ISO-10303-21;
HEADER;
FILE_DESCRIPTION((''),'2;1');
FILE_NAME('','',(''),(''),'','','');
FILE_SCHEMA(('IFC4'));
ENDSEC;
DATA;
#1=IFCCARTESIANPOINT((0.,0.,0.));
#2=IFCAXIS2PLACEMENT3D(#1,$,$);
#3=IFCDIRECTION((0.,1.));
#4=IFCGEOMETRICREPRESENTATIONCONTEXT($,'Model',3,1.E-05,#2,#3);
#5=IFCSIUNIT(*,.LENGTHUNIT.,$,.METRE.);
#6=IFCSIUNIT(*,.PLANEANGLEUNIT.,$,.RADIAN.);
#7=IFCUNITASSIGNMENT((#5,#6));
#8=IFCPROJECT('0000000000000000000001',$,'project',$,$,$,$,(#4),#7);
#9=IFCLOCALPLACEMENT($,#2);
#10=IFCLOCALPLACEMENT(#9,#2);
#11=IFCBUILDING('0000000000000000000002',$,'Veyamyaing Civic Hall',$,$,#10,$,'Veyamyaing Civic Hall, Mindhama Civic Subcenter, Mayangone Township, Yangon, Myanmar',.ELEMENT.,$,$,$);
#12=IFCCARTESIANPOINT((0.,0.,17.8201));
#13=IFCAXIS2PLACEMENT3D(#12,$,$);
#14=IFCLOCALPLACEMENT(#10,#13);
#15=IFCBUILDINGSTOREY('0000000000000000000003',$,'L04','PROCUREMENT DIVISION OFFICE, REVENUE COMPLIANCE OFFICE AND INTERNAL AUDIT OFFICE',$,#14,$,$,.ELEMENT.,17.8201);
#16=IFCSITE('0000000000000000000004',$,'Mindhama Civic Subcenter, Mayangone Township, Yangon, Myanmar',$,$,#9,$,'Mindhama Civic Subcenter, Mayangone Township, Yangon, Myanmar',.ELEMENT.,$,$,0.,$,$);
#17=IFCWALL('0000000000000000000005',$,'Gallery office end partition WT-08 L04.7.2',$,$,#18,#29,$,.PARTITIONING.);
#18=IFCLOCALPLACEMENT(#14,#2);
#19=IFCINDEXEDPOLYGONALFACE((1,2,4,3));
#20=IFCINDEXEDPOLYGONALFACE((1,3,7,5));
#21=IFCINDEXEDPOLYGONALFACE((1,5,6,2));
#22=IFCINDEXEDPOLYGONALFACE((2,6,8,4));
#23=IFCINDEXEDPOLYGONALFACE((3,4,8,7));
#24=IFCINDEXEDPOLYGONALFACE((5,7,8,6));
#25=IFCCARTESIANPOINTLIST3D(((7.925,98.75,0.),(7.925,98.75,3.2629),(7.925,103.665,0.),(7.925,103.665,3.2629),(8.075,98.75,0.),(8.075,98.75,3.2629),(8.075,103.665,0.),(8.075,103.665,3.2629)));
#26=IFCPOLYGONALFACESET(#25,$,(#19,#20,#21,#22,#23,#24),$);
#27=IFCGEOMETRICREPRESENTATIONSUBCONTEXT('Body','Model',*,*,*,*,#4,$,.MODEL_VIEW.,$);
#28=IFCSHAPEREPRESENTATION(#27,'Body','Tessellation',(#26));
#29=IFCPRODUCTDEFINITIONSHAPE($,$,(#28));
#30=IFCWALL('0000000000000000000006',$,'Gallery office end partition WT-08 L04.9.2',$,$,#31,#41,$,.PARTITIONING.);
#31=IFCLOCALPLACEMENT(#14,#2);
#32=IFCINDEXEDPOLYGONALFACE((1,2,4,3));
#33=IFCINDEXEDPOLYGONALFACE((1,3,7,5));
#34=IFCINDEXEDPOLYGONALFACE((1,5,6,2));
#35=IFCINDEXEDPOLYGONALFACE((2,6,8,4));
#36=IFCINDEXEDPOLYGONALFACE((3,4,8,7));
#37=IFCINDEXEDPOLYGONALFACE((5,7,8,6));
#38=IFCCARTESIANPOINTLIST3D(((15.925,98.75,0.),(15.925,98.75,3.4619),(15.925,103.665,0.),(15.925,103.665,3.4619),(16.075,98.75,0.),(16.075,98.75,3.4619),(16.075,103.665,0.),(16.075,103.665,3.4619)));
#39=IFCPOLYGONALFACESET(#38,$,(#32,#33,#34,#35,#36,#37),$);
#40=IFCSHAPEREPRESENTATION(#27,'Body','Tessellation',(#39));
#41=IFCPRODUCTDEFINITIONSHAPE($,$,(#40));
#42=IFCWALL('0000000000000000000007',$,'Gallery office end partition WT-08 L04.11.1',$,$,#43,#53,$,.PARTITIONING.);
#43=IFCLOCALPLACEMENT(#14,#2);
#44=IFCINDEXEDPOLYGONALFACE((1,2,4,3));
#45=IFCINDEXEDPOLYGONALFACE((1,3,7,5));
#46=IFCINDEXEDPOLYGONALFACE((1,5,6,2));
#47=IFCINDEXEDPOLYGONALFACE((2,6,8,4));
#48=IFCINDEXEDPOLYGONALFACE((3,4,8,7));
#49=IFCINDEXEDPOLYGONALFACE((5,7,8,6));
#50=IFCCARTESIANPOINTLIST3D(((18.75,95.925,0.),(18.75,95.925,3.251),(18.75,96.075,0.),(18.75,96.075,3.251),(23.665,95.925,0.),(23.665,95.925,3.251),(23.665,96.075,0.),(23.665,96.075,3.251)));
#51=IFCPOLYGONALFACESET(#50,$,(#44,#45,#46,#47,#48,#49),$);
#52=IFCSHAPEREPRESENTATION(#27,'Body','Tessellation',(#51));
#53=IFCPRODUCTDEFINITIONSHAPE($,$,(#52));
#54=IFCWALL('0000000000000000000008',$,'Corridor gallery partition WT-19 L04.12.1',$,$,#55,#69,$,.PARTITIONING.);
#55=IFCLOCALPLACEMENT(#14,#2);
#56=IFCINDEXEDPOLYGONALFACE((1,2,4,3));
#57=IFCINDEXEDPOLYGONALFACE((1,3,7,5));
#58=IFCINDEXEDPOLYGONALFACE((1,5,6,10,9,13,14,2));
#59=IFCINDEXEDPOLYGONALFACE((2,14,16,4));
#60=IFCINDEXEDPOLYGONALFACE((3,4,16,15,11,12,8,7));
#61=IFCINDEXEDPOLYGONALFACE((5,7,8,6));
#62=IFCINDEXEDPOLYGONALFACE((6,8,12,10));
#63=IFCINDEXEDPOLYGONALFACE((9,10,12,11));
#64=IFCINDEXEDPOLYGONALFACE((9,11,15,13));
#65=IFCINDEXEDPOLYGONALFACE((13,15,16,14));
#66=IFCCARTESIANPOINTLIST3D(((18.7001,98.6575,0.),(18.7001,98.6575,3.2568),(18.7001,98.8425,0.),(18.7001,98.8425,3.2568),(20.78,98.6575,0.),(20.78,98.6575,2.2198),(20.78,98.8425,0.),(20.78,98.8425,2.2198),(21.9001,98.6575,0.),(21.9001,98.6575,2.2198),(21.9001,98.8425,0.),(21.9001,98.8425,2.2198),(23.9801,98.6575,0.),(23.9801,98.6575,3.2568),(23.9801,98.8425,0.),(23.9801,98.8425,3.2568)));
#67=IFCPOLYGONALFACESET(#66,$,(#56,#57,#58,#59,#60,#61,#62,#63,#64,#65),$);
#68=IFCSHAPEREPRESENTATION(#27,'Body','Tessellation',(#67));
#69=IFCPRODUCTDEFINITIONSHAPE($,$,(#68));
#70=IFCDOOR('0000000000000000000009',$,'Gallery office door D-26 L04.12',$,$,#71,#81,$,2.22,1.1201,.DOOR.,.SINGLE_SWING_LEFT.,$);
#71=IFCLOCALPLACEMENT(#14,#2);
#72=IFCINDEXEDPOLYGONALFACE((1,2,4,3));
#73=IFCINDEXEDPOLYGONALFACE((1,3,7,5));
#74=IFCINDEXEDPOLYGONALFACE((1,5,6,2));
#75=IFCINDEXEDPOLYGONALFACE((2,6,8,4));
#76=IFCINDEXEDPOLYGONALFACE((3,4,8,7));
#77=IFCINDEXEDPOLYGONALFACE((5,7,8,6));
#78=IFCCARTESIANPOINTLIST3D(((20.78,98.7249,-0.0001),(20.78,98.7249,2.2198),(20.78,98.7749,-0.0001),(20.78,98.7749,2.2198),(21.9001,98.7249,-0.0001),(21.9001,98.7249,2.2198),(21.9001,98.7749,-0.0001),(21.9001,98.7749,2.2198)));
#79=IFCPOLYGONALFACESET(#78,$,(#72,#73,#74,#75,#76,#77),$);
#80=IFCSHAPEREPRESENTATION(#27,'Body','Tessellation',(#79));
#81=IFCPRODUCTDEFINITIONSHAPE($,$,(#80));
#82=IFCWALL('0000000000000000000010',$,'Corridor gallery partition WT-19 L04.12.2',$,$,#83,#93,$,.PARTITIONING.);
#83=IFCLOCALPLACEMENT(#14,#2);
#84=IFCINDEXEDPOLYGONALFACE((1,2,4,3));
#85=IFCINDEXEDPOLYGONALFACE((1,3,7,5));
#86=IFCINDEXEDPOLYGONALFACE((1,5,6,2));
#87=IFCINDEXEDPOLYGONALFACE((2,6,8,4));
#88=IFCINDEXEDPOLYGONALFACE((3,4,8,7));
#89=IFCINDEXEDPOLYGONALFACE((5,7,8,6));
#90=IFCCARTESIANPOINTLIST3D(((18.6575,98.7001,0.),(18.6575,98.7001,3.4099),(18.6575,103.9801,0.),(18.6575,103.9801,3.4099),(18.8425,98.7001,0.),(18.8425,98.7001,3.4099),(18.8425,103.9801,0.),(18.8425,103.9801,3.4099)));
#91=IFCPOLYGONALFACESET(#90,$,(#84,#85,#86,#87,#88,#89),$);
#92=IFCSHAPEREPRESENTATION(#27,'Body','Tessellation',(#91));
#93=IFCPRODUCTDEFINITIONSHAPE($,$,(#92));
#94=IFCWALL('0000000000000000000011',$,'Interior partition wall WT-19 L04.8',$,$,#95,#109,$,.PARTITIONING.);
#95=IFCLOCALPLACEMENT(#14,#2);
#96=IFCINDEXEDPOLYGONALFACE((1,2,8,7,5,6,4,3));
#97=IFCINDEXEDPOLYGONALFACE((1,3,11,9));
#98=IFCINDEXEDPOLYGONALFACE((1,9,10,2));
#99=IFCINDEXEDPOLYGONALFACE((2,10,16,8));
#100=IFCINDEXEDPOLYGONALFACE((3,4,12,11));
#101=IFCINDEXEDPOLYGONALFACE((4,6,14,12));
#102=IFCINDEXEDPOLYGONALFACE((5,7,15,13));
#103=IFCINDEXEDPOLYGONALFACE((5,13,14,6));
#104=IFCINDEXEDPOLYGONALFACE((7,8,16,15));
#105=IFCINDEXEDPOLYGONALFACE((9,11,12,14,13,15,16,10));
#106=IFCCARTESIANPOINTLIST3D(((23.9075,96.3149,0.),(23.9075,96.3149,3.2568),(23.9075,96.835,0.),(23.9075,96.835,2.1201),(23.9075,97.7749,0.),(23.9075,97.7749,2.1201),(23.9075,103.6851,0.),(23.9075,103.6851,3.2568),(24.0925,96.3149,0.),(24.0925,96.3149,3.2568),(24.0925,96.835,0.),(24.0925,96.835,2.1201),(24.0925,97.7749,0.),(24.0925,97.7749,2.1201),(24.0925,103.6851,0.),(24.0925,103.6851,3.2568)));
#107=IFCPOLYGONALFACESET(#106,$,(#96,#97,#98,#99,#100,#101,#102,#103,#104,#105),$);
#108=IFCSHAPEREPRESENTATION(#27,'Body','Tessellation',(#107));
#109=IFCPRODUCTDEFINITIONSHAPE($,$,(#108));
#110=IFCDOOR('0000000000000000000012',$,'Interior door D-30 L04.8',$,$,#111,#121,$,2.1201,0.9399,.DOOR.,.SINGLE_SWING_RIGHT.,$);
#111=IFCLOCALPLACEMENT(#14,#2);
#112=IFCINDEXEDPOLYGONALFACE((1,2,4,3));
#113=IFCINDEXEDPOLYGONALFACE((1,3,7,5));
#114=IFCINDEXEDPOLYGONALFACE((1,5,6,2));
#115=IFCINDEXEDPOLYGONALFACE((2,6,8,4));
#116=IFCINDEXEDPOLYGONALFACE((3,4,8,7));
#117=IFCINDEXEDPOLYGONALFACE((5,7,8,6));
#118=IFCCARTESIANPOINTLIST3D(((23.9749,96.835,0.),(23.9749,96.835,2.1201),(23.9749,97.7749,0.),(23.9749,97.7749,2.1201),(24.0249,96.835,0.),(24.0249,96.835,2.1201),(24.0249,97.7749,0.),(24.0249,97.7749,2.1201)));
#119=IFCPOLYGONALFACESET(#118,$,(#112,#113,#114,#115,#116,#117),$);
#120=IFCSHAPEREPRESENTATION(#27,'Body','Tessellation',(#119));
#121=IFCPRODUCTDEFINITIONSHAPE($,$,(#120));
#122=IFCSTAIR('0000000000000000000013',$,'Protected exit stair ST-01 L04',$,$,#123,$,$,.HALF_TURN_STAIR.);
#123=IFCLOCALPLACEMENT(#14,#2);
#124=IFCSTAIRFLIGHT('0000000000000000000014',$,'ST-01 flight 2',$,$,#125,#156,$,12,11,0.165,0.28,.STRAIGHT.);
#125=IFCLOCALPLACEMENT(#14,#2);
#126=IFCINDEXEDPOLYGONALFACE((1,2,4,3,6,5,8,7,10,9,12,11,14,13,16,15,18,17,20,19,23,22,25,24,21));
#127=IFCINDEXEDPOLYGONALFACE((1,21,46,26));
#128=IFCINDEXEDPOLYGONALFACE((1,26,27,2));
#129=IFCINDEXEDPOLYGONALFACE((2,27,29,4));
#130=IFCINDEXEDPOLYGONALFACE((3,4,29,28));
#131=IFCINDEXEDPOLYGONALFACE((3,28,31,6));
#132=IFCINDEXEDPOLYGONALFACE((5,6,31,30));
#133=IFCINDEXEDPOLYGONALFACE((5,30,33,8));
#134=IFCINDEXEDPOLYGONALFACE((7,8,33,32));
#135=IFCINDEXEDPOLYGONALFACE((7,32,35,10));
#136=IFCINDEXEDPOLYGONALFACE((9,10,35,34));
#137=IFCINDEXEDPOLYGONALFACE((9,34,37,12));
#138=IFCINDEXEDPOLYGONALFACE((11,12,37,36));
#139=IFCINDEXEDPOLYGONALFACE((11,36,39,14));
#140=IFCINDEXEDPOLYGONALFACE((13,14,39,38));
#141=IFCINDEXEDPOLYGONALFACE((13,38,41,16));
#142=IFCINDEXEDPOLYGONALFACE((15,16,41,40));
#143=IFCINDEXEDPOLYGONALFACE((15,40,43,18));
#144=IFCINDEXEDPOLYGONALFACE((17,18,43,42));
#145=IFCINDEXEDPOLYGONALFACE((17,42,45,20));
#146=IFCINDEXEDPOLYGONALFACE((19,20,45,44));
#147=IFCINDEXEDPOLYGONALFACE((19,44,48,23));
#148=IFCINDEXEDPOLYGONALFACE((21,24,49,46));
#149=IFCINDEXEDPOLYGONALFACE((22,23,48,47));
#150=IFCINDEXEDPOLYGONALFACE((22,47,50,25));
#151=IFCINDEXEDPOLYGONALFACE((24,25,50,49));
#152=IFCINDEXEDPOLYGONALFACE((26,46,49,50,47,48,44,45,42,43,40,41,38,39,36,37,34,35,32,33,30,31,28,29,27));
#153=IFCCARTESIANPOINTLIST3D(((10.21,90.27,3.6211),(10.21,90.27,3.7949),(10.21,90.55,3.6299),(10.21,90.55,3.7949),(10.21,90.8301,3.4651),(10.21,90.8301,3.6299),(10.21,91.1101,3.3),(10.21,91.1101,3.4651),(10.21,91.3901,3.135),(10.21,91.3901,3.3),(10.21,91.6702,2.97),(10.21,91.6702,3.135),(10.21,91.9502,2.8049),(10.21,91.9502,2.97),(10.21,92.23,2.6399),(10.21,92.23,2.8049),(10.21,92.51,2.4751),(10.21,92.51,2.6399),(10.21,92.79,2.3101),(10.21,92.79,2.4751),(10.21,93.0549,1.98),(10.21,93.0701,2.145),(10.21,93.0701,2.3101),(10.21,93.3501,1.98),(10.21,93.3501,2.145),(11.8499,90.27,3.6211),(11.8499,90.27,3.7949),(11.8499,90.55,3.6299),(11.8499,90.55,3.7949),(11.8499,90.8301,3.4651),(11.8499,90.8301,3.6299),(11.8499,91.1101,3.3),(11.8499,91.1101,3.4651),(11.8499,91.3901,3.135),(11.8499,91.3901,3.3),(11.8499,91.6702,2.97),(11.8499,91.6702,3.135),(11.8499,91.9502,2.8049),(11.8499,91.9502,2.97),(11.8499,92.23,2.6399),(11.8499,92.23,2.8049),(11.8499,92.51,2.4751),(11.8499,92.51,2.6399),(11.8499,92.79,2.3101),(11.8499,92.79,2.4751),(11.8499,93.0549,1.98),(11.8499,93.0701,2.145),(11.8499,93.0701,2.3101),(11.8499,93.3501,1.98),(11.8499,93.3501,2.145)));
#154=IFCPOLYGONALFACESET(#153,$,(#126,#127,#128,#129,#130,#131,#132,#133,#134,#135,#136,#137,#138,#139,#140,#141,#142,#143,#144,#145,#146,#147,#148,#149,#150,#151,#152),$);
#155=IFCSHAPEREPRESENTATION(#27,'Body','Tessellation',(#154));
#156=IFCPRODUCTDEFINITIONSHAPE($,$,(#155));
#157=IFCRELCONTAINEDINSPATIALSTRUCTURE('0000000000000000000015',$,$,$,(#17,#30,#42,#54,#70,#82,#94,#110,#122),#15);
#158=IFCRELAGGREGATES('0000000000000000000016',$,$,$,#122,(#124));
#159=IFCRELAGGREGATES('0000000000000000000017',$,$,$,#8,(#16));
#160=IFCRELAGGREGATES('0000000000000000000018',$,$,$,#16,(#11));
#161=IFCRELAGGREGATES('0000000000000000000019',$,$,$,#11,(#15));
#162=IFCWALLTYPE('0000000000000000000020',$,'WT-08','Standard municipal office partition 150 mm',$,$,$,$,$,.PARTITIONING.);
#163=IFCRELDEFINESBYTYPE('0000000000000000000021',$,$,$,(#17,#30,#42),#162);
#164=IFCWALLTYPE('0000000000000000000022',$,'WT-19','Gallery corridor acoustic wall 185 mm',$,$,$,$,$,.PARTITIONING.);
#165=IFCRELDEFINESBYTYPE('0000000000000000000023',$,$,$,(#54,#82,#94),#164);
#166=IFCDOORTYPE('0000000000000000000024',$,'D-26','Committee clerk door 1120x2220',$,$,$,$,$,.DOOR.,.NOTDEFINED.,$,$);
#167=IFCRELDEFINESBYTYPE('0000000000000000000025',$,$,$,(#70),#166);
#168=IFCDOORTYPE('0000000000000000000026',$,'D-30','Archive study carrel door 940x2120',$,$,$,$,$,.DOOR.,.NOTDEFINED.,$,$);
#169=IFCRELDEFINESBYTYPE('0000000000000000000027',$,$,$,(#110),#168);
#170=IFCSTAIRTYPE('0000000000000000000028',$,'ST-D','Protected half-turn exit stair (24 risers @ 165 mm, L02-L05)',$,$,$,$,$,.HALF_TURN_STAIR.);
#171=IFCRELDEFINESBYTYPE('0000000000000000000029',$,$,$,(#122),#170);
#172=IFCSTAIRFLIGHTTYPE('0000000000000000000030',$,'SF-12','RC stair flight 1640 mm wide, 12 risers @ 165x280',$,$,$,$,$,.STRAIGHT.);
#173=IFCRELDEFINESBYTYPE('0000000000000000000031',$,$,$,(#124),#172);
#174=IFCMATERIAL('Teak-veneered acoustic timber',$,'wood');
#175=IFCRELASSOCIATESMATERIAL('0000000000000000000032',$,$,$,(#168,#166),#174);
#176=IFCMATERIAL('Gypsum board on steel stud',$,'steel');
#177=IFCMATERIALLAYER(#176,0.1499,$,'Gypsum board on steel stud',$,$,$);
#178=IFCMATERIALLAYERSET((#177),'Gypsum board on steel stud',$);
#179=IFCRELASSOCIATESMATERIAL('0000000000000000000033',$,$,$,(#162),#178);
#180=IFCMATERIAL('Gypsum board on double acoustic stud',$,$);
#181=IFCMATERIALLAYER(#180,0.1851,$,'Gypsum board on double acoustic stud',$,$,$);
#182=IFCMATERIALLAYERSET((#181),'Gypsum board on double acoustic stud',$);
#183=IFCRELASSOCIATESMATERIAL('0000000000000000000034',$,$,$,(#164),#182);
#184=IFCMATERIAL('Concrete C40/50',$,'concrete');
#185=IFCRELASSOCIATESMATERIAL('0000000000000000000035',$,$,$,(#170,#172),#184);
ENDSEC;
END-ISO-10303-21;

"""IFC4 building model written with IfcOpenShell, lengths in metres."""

from ifc_helpers import new_model, si_unit, direction, frame, frame_2d, origin, place, context, subcontext, project, spatial, polyline, rectangle, outline, extrude, material, layer, layer_set, type_object, element, fill, aggregate, save


model = new_model("IFC4")

# Units and contexts
model_context = context("Model", 3, precision=1e-05, world=origin(), true_north=direction((0.0, 1.0)))
body_context = subcontext(model_context, "Body", "Model", "MODEL_VIEW")
ifc_project = project(units=[si_unit("LENGTHUNIT", "METRE"), si_unit("PLANEANGLEUNIT", "RADIAN")], contexts=[model_context])

# Site, building, storey
site_placement = place(None, origin())
site = spatial("IfcSite", under=ifc_project, at=site_placement, Name="Mindhama Civic Subcenter, Mayangone Township, Yangon, Myanmar", LongName="Mindhama Civic Subcenter, Mayangone Township, Yangon, Myanmar", CompositionType="ELEMENT", RefElevation=0.0)
building_placement = place(site_placement, origin())
building = spatial("IfcBuilding", under=site, at=building_placement, Name="Veyamyaing Civic Hall", LongName="Veyamyaing Civic Hall, Mindhama Civic Subcenter, Mayangone Township, Yangon, Myanmar", CompositionType="ELEMENT")
storey_placement = place(building_placement, frame((0.0, 0.0, 17.8201)))
storey = spatial("IfcBuildingStorey", under=building, at=storey_placement, Name="L04", Description="PROCUREMENT DIVISION OFFICE, REVENUE COMPLIANCE OFFICE AND INTERNAL AUDIT OFFICE", CompositionType="ELEMENT", Elevation=17.8201)

# Shared definitions
ifc_material_1 = material(Name="Concrete C40/50", Category="concrete")

# Shared definitions
ifc_material_2 = material(Name="Teak-veneered acoustic timber", Category="wood")

# Shared definitions
door_type_1 = type_object("IfcDoorType", Name="D-30", Description="Archive study carrel door 940x2120", OperationType="NOTDEFINED", PredefinedType="DOOR", material=ifc_material_2)

# Walls
ifc_material_3 = material(Name="Gypsum board on steel stud", Category="steel")
ifc_layer_1 = layer(ifc_material_3, 0.1499, Name="Gypsum board on steel stud")
ifc_layer_set_1 = layer_set([ifc_layer_1], Name="Gypsum board on steel stud")
wall_type_1 = type_object("IfcWallType", Name="WT-08", Description="Standard municipal office partition 150 mm", PredefinedType="PARTITIONING", material=ifc_layer_set_1)
wall_1_placement = place(storey_placement, frame((8.0, 98.75, 0.0), z_axis=(0.0, 0.0, 1.0), x_axis=(0.0, 1.0, 0.0)))
element("IfcWall", 1, at=wall_1_placement, inside=storey, type_object=wall_type_1, Name="Gallery office end partition WT-08 L04.7.2", PredefinedType="PARTITIONING", context=body_context, shape_type="SweptSolid", body=[
    extrude(rectangle(XDim=4.915, YDim=0.1499, at=frame_2d((2.4575, 0.0))), origin(), (0.0, 0.0, 1.0), 3.2629),
])
wall_2_placement = place(storey_placement, frame((16.0, 98.75, 0.0), z_axis=(0.0, 0.0, 1.0), x_axis=(0.0, 1.0, 0.0)))
element("IfcWall", 2, at=wall_2_placement, inside=storey, type_object=wall_type_1, Name="Gallery office end partition WT-08 L04.9.2", PredefinedType="PARTITIONING", context=body_context, shape_type="SweptSolid", body=[
    extrude(rectangle(XDim=4.915, YDim=0.1499, at=frame_2d((2.4575, 0.0))), origin(), (0.0, 0.0, 1.0), 3.4619),
])
wall_3_placement = place(storey_placement, frame((18.75, 96.0, 0.0), z_axis=(0.0, 0.0, 1.0), x_axis=(1.0, 0.0, 0.0)))
element("IfcWall", 3, at=wall_3_placement, inside=storey, type_object=wall_type_1, Name="Gallery office end partition WT-08 L04.11.1", PredefinedType="PARTITIONING", context=body_context, shape_type="SweptSolid", body=[
    extrude(rectangle(XDim=4.915, YDim=0.1499, at=frame_2d((2.4575, 0.0))), origin(), (0.0, 0.0, 1.0), 3.251),
])

# Wall, opening, door
ifc_material_4 = material(Name="Gypsum board on double acoustic stud")
ifc_layer_2 = layer(ifc_material_4, 0.1851, Name="Gypsum board on double acoustic stud")
ifc_layer_set_2 = layer_set([ifc_layer_2], Name="Gypsum board on double acoustic stud")
wall_type_2 = type_object("IfcWallType", Name="WT-19", Description="Gallery corridor acoustic wall 185 mm", PredefinedType="PARTITIONING", material=ifc_layer_set_2)
wall_4_placement = place(storey_placement, frame((18.7, 98.75, 0.0), z_axis=(0.0, 0.0, 1.0), x_axis=(1.0, 0.0, 0.0)))
wall_4 = element("IfcWall", 4, at=wall_4_placement, inside=storey, type_object=wall_type_2, Name="Corridor gallery partition WT-19 L04.12.1", PredefinedType="PARTITIONING", context=body_context, shape_type="SweptSolid", body=[
    extrude(rectangle(XDim=5.28, YDim=0.1851, at=frame_2d((2.6401, 0.0))), origin(), (0.0, 0.0, 1.0), 3.2568),
])
opening_1_placement = place(wall_4_placement, frame((2.0801, 0.0, 0.0)))
opening_1 = element("IfcOpeningElement", 5, at=opening_1_placement, cuts=wall_4, PredefinedType="OPENING", context=body_context, shape_type="SweptSolid", body=[
    extrude(rectangle(XDim=1.1201, YDim=2.22, at=frame_2d((0.5601, 1.1099))), frame((0.0, 0.1025, 0.0), z_axis=(0.0, -1.0, 0.0), x_axis=(1.0, 0.0, 0.0)), (0.0, 0.0, 1.0), 0.2051),
])
door_type_2 = type_object("IfcDoorType", Name="D-26", Description="Committee clerk door 1120x2220", OperationType="NOTDEFINED", PredefinedType="DOOR", material=ifc_material_2)
door_1_placement = place(opening_1_placement, origin())
door_1 = element("IfcDoor", 6, at=door_1_placement, inside=storey, type_object=door_type_2, Name="Gallery office door D-26 L04.12", OperationType="SINGLE_SWING_LEFT", OverallHeight=2.22, OverallWidth=1.1201, PredefinedType="DOOR", context=body_context, shape_type="SweptSolid", body=[
    extrude(rectangle(XDim=1.1201, YDim=2.22, at=frame_2d((0.5601, 1.1099))), frame((0.0, 0.0249, 0.0), z_axis=(0.0, -1.0, 0.0), x_axis=(1.0, 0.0, 0.0)), (0.0, 0.0, 1.0), 0.05),
])
fill(opening_1, door_1)

# Wall
wall_5_placement = place(storey_placement, frame((18.75, 98.7, 0.0), z_axis=(0.0, 0.0, 1.0), x_axis=(0.0, 1.0, 0.0)))
element("IfcWall", 7, at=wall_5_placement, inside=storey, type_object=wall_type_2, Name="Corridor gallery partition WT-19 L04.12.2", PredefinedType="PARTITIONING", context=body_context, shape_type="SweptSolid", body=[
    extrude(rectangle(XDim=5.28, YDim=0.1851, at=frame_2d((2.6401, 0.0))), origin(), (0.0, 0.0, 1.0), 3.4099),
])

# Wall, opening, door
wall_6_placement = place(storey_placement, frame((24.0, 96.3149, 0.0), z_axis=(0.0, 0.0, 1.0), x_axis=(0.0, 1.0, 0.0)))
wall_6 = element("IfcWall", 8, at=wall_6_placement, inside=storey, type_object=wall_type_2, Name="Interior partition wall WT-19 L04.8", PredefinedType="PARTITIONING", context=body_context, shape_type="SweptSolid", body=[
    extrude(rectangle(XDim=7.3701, YDim=0.1851, at=frame_2d((3.6851, 0.0))), origin(), (0.0, 0.0, 1.0), 3.2568),
])
opening_2_placement = place(wall_6_placement, frame((0.52, 0.0, 0.0)))
opening_2 = element("IfcOpeningElement", 9, at=opening_2_placement, cuts=wall_6, PredefinedType="OPENING", context=body_context, shape_type="SweptSolid", body=[
    extrude(rectangle(XDim=0.9399, YDim=2.1201, at=frame_2d((0.47, 1.0601))), frame((0.0, 0.1025, 0.0), z_axis=(0.0, -1.0, 0.0), x_axis=(1.0, 0.0, 0.0)), (0.0, 0.0, 1.0), 0.2051),
])
door_2_placement = place(opening_2_placement, frame((0.9399, 0.0, 0.0), z_axis=(0.0, 0.0, 1.0), x_axis=(-1.0, 0.0, 0.0)))
door_2 = element("IfcDoor", 10, at=door_2_placement, inside=storey, type_object=door_type_1, Name="Interior door D-30 L04.8", OperationType="SINGLE_SWING_RIGHT", OverallHeight=2.1201, OverallWidth=0.9399, PredefinedType="DOOR", context=body_context, shape_type="SweptSolid", body=[
    extrude(rectangle(XDim=0.9399, YDim=2.1201, at=frame_2d((0.47, 1.0601))), frame((0.0, 0.0249, 0.0), z_axis=(0.0, -1.0, 0.0), x_axis=(1.0, 0.0, 0.0)), (0.0, 0.0, 1.0), 0.05),
])
fill(opening_2, door_2)

# Stair, stair flight
stair_type = type_object("IfcStairType", Name="ST-D", Description="Protected half-turn exit stair (24 risers @ 165 mm, L02-L05)", PredefinedType="HALF_TURN_STAIR", material=ifc_material_1)
stair_placement = place(storey_placement, origin())
stair = element("IfcStair", 11, at=stair_placement, inside=storey, type_object=stair_type, Name="Protected exit stair ST-01 L04", PredefinedType="HALF_TURN_STAIR")
stair_flight_type = type_object("IfcStairFlightType", Name="SF-12", Description="RC stair flight 1640 mm wide, 12 risers @ 165x280", PredefinedType="STRAIGHT", material=ifc_material_1)
stair_flight_placement = place(storey_placement, frame((11.03, 93.3501, 1.98), z_axis=(0.0, 0.0, 1.0), x_axis=(0.0, -1.0, 0.0)))
stair_flight = element("IfcStairFlight", 12, at=stair_flight_placement, type_object=stair_flight_type, Name="ST-01 flight 2", NumberOfRisers=12, NumberOfTreads=11, PredefinedType="STRAIGHT", RiserHeight=0.165, TreadLength=0.28, context=body_context, shape_type="SweptSolid", body=[
    extrude(outline(polyline([(0.0, 0.0), (0.0, 0.165), (0.28, 0.165), (0.28, 0.3301), (0.5601, 0.3301), (0.5601, 0.4951), (0.8401, 0.4951), (0.8401, 0.6599), (1.1201, 0.6599), (1.1201, 0.825), (1.3999, 0.825), (1.3999, 0.99), (1.6799, 0.99), (1.6799, 1.155), (1.96, 1.155), (1.96, 1.3201), (2.24, 1.3201), (2.24, 1.4851), (2.52, 1.4851), (2.52, 1.6499), (2.8, 1.6499), (2.8, 1.8149), (3.0801, 1.8149), (3.0801, 1.98), (3.0801, 1.6411), (0.2952, 0.0), (0.0, 0.0)])), frame((0.0, 0.8198, 0.0), z_axis=(0.0, -1.0, 0.0), x_axis=(1.0, 0.0, 0.0)), (0.0, 0.0, 1.0), 1.6399),
])
aggregate(stair, [stair_flight])

save(model, "model.ifc")
